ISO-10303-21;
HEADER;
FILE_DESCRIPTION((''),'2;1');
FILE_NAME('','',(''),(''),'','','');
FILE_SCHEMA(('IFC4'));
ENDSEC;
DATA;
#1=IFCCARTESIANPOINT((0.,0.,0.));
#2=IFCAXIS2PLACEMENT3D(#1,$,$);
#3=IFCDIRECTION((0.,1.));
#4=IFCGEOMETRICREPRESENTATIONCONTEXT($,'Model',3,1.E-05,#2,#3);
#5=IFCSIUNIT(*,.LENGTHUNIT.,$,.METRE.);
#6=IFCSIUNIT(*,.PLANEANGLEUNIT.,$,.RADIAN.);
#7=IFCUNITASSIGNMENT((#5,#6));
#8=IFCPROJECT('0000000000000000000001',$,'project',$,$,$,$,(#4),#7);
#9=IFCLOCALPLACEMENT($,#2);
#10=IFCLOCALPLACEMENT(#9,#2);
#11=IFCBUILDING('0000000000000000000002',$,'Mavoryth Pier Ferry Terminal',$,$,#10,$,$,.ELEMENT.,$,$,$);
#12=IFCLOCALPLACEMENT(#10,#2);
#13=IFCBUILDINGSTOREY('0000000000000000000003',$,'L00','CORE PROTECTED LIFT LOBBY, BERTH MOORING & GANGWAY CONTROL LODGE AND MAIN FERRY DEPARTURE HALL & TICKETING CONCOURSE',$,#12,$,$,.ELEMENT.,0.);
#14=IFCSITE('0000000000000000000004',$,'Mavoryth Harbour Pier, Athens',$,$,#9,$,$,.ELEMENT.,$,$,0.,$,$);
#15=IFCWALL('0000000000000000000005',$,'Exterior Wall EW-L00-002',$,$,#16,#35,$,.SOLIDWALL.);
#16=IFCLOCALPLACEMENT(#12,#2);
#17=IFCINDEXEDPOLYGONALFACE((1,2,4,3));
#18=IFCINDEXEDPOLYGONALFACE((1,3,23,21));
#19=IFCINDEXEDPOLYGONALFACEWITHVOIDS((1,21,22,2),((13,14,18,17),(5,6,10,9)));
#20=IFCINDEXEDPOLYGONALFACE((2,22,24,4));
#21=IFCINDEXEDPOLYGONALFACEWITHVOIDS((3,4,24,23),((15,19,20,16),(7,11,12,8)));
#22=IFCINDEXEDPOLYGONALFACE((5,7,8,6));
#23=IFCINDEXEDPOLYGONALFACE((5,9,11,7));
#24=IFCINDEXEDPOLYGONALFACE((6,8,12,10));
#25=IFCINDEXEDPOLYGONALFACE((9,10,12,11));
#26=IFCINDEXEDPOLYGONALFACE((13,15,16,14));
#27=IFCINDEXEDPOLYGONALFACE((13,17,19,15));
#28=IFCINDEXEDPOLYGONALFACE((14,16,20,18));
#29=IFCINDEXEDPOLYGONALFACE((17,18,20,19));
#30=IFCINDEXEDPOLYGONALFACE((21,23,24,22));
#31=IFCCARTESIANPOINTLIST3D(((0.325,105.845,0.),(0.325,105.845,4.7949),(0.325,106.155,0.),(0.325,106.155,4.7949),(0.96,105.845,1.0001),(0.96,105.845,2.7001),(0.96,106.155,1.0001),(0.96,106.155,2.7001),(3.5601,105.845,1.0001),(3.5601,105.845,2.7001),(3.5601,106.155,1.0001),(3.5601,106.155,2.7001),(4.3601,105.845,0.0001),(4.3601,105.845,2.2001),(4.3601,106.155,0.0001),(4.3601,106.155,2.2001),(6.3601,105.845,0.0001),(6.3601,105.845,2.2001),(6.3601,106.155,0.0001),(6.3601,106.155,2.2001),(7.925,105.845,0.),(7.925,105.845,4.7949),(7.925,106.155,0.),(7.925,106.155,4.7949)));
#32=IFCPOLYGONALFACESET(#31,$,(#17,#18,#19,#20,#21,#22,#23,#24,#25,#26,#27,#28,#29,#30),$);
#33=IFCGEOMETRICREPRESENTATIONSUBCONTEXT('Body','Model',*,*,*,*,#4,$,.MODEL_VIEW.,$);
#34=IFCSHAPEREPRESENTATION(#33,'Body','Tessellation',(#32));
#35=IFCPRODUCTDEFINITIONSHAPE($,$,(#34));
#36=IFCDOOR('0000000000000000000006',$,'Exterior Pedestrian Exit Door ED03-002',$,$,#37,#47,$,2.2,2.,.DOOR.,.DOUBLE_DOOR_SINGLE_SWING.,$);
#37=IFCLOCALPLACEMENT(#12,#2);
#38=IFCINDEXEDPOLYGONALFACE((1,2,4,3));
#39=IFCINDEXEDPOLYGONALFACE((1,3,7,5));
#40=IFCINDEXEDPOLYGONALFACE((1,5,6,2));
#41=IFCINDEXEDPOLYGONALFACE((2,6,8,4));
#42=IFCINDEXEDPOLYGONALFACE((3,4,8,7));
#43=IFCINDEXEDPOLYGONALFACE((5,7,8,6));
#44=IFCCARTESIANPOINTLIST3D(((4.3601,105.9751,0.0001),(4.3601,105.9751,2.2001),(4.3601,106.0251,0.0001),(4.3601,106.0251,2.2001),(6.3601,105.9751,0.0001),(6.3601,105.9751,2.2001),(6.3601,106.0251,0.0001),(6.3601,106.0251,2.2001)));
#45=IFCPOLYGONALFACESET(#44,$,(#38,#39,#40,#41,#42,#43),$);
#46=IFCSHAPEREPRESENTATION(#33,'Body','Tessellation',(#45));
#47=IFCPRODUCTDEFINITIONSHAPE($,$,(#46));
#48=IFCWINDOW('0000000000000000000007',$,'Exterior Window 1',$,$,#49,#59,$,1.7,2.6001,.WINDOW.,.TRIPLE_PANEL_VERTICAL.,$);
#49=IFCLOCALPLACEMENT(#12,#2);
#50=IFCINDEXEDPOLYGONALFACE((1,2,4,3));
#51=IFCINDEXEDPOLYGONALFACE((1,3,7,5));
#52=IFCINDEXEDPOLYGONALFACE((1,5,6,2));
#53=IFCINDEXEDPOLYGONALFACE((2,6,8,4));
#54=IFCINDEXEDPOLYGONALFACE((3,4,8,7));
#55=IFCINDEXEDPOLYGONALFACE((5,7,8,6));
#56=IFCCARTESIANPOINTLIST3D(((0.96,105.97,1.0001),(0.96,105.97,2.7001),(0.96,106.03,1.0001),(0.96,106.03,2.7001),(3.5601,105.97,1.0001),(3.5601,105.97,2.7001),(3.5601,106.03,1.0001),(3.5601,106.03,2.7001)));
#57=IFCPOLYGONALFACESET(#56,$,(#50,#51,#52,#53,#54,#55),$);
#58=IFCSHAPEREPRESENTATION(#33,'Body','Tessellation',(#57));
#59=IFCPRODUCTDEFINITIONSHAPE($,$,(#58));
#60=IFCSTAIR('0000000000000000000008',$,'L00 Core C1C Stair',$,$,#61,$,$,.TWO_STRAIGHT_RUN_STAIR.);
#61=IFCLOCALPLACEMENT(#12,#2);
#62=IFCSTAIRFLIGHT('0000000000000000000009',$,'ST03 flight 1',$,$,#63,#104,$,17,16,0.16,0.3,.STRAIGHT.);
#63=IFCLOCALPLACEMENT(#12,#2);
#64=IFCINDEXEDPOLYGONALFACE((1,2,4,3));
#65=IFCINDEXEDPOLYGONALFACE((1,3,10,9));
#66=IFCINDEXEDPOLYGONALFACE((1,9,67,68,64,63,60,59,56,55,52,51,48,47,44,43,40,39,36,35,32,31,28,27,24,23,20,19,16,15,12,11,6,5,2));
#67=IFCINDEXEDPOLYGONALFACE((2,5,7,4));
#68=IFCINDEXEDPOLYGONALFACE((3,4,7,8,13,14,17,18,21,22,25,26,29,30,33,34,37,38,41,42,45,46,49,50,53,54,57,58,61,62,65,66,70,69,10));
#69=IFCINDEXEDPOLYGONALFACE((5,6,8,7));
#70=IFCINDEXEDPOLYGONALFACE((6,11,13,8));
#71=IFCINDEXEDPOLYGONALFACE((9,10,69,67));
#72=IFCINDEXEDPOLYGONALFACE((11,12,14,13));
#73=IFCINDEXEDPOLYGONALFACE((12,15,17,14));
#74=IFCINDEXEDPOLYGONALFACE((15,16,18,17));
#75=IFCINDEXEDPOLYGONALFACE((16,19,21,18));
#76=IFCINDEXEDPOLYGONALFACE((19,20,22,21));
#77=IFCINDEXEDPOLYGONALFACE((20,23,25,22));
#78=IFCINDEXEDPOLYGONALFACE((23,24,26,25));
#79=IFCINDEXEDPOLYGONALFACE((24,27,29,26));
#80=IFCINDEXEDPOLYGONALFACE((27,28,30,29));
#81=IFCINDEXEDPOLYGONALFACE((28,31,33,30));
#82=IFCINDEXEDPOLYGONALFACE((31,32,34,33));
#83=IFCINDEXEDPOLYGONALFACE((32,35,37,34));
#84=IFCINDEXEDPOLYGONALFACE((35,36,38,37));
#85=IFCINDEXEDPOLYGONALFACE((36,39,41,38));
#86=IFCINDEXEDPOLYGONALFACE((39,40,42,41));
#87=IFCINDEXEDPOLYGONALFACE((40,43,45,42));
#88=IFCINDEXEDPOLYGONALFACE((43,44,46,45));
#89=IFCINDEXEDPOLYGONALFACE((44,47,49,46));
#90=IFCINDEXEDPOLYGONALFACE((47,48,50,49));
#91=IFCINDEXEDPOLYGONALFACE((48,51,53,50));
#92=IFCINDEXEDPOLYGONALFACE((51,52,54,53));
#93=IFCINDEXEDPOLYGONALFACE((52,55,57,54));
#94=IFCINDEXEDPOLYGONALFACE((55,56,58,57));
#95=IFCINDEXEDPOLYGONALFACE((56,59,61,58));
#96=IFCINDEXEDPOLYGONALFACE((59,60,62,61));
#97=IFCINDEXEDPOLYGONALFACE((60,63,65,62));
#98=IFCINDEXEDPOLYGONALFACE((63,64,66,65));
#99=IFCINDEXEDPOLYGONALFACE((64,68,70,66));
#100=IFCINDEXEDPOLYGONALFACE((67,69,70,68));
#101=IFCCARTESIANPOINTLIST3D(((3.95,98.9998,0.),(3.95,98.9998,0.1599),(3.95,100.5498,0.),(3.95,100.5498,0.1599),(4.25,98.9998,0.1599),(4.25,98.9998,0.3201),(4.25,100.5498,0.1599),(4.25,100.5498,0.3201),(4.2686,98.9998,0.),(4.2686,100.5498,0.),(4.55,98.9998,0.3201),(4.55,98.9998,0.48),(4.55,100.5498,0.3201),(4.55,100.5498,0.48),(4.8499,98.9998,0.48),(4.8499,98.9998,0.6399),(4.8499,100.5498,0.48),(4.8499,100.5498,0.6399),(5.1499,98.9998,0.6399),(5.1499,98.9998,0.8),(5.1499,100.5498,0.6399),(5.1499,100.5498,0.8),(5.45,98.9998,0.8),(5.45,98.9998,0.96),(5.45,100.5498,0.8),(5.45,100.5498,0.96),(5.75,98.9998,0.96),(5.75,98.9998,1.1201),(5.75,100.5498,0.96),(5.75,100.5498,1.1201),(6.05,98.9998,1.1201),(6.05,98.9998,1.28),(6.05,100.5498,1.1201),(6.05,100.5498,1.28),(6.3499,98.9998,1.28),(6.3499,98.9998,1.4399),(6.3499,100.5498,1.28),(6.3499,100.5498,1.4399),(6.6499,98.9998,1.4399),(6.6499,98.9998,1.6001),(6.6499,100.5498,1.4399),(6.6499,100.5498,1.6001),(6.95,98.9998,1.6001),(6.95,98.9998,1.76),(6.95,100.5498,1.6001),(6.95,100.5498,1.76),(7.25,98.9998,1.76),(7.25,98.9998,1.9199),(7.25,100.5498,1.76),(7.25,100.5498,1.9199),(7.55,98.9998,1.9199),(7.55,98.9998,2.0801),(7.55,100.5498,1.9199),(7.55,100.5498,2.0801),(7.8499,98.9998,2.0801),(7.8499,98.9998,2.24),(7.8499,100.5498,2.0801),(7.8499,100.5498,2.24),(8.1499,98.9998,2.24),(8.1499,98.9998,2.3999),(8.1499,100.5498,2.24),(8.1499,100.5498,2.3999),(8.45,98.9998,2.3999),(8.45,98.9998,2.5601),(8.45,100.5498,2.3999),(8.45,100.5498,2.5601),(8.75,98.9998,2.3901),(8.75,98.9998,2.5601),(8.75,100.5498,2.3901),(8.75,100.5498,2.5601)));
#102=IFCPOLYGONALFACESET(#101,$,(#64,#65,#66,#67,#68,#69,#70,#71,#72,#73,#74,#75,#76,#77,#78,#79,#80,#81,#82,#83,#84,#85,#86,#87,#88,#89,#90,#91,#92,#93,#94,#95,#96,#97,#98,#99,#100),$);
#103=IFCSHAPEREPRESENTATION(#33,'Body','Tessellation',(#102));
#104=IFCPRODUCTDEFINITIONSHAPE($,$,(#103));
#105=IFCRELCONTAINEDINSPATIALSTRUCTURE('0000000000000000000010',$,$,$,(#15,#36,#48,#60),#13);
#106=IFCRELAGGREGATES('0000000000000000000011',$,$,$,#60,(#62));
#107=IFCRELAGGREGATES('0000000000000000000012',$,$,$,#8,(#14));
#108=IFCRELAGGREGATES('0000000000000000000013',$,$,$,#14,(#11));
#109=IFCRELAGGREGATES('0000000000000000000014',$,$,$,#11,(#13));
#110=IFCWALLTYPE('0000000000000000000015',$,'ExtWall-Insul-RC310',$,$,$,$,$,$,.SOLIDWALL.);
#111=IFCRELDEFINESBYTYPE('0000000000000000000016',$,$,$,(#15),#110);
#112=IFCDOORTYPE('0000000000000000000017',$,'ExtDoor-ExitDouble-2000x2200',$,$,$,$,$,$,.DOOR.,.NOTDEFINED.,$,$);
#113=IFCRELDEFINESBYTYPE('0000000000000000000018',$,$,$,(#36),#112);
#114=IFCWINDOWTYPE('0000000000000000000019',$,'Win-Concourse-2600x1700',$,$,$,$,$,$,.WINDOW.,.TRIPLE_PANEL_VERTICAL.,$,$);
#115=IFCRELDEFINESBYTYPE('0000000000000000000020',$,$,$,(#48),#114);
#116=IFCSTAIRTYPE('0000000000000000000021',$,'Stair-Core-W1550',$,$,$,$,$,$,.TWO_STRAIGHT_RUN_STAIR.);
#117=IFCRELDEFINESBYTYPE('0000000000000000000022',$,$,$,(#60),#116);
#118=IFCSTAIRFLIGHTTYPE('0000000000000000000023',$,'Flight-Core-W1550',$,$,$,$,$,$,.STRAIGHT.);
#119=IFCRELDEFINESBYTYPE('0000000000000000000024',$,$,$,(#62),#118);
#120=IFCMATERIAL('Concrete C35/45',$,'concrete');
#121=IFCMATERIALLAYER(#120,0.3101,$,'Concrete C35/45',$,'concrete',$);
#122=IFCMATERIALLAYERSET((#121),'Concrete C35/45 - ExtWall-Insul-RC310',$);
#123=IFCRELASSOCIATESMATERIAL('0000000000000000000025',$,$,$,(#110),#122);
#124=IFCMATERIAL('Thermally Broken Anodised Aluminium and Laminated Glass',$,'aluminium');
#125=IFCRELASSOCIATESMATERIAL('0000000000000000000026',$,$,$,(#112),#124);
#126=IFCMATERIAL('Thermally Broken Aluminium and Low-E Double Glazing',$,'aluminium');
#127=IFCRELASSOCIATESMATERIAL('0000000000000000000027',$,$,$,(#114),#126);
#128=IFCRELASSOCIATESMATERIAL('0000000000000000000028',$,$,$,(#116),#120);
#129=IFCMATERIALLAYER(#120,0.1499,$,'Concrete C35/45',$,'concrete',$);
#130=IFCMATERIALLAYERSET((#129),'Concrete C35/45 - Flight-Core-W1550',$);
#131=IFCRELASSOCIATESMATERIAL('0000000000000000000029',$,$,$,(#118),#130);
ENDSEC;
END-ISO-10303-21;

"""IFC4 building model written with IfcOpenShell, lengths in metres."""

from ifc_helpers import new_model, si_unit, direction, frame, frame_2d, origin, place, context, subcontext, project, spatial, polyline, rectangle, outline, extrude, material, layer, layer_set, type_object, element, fill, aggregate, save


model = new_model("IFC4")

# Units and contexts
model_context = context("Model", 3, precision=1e-05, world=origin(), true_north=direction((0.0, 1.0)))
body_context = subcontext(model_context, "Body", "Model", "MODEL_VIEW")
ifc_project = project(units=[si_unit("LENGTHUNIT", "METRE"), si_unit("PLANEANGLEUNIT", "RADIAN")], contexts=[model_context])

# Site, building, storey
site_placement = place(None, origin())
site = spatial("IfcSite", under=ifc_project, at=site_placement, Name="Mavoryth Harbour Pier, Athens", CompositionType="ELEMENT", RefElevation=0.0)
building_placement = place(site_placement, origin())
building = spatial("IfcBuilding", under=site, at=building_placement, Name="Mavoryth Pier Ferry Terminal", CompositionType="ELEMENT")
storey_placement = place(building_placement, origin())
storey = spatial("IfcBuildingStorey", under=building, at=storey_placement, Name="L00", Description="CORE PROTECTED LIFT LOBBY, BERTH MOORING & GANGWAY CONTROL LODGE AND MAIN FERRY DEPARTURE HALL & TICKETING CONCOURSE", CompositionType="ELEMENT", Elevation=0.0)

# Shared definitions
ifc_material_1 = material(Name="Concrete C35/45", Category="concrete")

# Wall, openings, door, window
ifc_layer_1 = layer(ifc_material_1, 0.3101, Name="Concrete C35/45", Category="concrete")
ifc_layer_set_1 = layer_set([ifc_layer_1], Name="Concrete C35/45 - ExtWall-Insul-RC310")
wall_type_1 = type_object("IfcWallType", Name="ExtWall-Insul-RC310", PredefinedType="SOLIDWALL", material=ifc_layer_set_1)
wall_1_placement = place(storey_placement, frame((7.925, 106.0, 0.0), z_axis=(0.0, 0.0, 1.0), x_axis=(-1.0, 0.0, 0.0)))
wall_1 = element("IfcWall", 1, at=wall_1_placement, inside=storey, type_object=wall_type_1, Name="Exterior Wall EW-L00-002", PredefinedType="SOLIDWALL", context=body_context, shape_type="SweptSolid", body=[
    extrude(rectangle(XDim=7.6001, YDim=0.3101, at=frame_2d((3.8, 0.0))), origin(), (0.0, 0.0, 1.0), 4.7949),
])
opening_1_placement = place(wall_1_placement, frame((1.5649, 0.0, 0.0)))
opening_1 = element("IfcOpeningElement", 2, at=opening_1_placement, cuts=wall_1, PredefinedType="OPENING", context=body_context, shape_type="SweptSolid", body=[
    extrude(rectangle(XDim=2.0, YDim=2.2, at=frame_2d((1.0, 1.1001))), frame((0.0, 0.165, 0.0), z_axis=(0.0, -1.0, 0.0), x_axis=(1.0, 0.0, 0.0)), (0.0, 0.0, 1.0), 0.3301),
])
opening_2_placement = place(wall_1_placement, frame((4.365, 0.0, 1.0)))
opening_2 = element("IfcOpeningElement", 3, at=opening_2_placement, cuts=wall_1, PredefinedType="OPENING", context=body_context, shape_type="SweptSolid", body=[
    extrude(rectangle(XDim=2.6001, YDim=1.7, at=frame_2d((1.3, 0.8501))), frame((0.0, 0.165, 0.0), z_axis=(0.0, -1.0, 0.0), x_axis=(1.0, 0.0, 0.0)), (0.0, 0.0, 1.0), 0.3301),
])
ifc_material_2 = material(Name="Thermally Broken Anodised Aluminium and Laminated Glass", Category="aluminium")
door_type_1 = type_object("IfcDoorType", Name="ExtDoor-ExitDouble-2000x2200", OperationType="NOTDEFINED", PredefinedType="DOOR", material=ifc_material_2)
door_1_placement = place(opening_1_placement, origin())
door_1 = element("IfcDoor", 4, at=door_1_placement, inside=storey, type_object=door_type_1, Name="Exterior Pedestrian Exit Door ED03-002", OperationType="DOUBLE_DOOR_SINGLE_SWING", OverallHeight=2.2, OverallWidth=2.0, PredefinedType="DOOR", context=body_context, shape_type="SweptSolid", body=[
    extrude(rectangle(XDim=2.0, YDim=2.2, at=frame_2d((1.0, 1.1001))), frame((0.0, 0.0249, 0.0), z_axis=(0.0, -1.0, 0.0), x_axis=(1.0, 0.0, 0.0)), (0.0, 0.0, 1.0), 0.05),
])
fill(opening_1, door_1)
ifc_material_3 = material(Name="Thermally Broken Aluminium and Low-E Double Glazing", Category="aluminium")
window_type = type_object("IfcWindowType", Name="Win-Concourse-2600x1700", PartitioningType="TRIPLE_PANEL_VERTICAL", PredefinedType="WINDOW", material=ifc_material_3)
window_placement = place(opening_2_placement, origin())
window = element("IfcWindow", 5, at=window_placement, inside=storey, type_object=window_type, Name="Exterior Window 1", OverallHeight=1.7, OverallWidth=2.6001, PartitioningType="TRIPLE_PANEL_VERTICAL", PredefinedType="WINDOW", context=body_context, shape_type="SweptSolid", body=[
    extrude(rectangle(XDim=2.6001, YDim=1.7, at=frame_2d((1.3, 0.8501))), frame((0.0, 0.03, 0.0), z_axis=(0.0, -1.0, 0.0), x_axis=(1.0, 0.0, 0.0)), (0.0, 0.0, 1.0), 0.0601),
])
fill(opening_2, window)

# Stair, stair flight
stair_type = type_object("IfcStairType", Name="Stair-Core-W1550", PredefinedType="TWO_STRAIGHT_RUN_STAIR", material=ifc_material_1)
stair_placement = place(storey_placement, origin())
stair = element("IfcStair", 6, at=stair_placement, inside=storey, type_object=stair_type, Name="L00 Core C1C Stair", PredefinedType="TWO_STRAIGHT_RUN_STAIR")
ifc_layer_2 = layer(ifc_material_1, 0.1499, Name="Concrete C35/45", Category="concrete")
ifc_layer_set_2 = layer_set([ifc_layer_2], Name="Concrete C35/45 - Flight-Core-W1550")
stair_flight_type = type_object("IfcStairFlightType", Name="Flight-Core-W1550", PredefinedType="STRAIGHT", material=ifc_layer_set_2)
stair_flight_placement = place(storey_placement, frame((3.95, 99.7749, 0.0), z_axis=(0.0, 0.0, 1.0), x_axis=(1.0, 0.0, 0.0)))
stair_flight = element("IfcStairFlight", 7, at=stair_flight_placement, type_object=stair_flight_type, Name="ST03 flight 1", NumberOfRisers=17, NumberOfTreads=16, PredefinedType="STRAIGHT", RiserHeight=0.16, TreadLength=0.3, context=body_context, shape_type="SweptSolid", body=[
    extrude(outline(polyline([(0.0, 0.0), (0.0, 0.1599), (0.3, 0.1599), (0.3, 0.3201), (0.6001, 0.3201), (0.6001, 0.48), (0.8999, 0.48), (0.8999, 0.6399), (1.2, 0.6399), (1.2, 0.8), (1.5, 0.8), (1.5, 0.96), (1.8, 0.96), (1.8, 1.1201), (2.1001, 1.1201), (2.1001, 1.28), (2.3999, 1.28), (2.3999, 1.4399), (2.7, 1.4399), (2.7, 1.6001), (3.0, 1.6001), (3.0, 1.76), (3.3, 1.76), (3.3, 1.9199), (3.6001, 1.9199), (3.6001, 2.0801), (3.8999, 2.0801), (3.8999, 2.24), (4.2, 2.24), (4.2, 2.3999), (4.5, 2.3999), (4.5, 2.5601), (4.8, 2.5601), (4.8, 2.72), (4.8, 2.3901), (0.3186, 0.0), (0.0, 0.0)])), frame((0.0, 0.7749, 0.0), z_axis=(0.0, -1.0, 0.0), x_axis=(1.0, 0.0, 0.0)), (0.0, 0.0, 1.0), 1.55),
])
aggregate(stair, [stair_flight])

save(model, "model.ifc")
